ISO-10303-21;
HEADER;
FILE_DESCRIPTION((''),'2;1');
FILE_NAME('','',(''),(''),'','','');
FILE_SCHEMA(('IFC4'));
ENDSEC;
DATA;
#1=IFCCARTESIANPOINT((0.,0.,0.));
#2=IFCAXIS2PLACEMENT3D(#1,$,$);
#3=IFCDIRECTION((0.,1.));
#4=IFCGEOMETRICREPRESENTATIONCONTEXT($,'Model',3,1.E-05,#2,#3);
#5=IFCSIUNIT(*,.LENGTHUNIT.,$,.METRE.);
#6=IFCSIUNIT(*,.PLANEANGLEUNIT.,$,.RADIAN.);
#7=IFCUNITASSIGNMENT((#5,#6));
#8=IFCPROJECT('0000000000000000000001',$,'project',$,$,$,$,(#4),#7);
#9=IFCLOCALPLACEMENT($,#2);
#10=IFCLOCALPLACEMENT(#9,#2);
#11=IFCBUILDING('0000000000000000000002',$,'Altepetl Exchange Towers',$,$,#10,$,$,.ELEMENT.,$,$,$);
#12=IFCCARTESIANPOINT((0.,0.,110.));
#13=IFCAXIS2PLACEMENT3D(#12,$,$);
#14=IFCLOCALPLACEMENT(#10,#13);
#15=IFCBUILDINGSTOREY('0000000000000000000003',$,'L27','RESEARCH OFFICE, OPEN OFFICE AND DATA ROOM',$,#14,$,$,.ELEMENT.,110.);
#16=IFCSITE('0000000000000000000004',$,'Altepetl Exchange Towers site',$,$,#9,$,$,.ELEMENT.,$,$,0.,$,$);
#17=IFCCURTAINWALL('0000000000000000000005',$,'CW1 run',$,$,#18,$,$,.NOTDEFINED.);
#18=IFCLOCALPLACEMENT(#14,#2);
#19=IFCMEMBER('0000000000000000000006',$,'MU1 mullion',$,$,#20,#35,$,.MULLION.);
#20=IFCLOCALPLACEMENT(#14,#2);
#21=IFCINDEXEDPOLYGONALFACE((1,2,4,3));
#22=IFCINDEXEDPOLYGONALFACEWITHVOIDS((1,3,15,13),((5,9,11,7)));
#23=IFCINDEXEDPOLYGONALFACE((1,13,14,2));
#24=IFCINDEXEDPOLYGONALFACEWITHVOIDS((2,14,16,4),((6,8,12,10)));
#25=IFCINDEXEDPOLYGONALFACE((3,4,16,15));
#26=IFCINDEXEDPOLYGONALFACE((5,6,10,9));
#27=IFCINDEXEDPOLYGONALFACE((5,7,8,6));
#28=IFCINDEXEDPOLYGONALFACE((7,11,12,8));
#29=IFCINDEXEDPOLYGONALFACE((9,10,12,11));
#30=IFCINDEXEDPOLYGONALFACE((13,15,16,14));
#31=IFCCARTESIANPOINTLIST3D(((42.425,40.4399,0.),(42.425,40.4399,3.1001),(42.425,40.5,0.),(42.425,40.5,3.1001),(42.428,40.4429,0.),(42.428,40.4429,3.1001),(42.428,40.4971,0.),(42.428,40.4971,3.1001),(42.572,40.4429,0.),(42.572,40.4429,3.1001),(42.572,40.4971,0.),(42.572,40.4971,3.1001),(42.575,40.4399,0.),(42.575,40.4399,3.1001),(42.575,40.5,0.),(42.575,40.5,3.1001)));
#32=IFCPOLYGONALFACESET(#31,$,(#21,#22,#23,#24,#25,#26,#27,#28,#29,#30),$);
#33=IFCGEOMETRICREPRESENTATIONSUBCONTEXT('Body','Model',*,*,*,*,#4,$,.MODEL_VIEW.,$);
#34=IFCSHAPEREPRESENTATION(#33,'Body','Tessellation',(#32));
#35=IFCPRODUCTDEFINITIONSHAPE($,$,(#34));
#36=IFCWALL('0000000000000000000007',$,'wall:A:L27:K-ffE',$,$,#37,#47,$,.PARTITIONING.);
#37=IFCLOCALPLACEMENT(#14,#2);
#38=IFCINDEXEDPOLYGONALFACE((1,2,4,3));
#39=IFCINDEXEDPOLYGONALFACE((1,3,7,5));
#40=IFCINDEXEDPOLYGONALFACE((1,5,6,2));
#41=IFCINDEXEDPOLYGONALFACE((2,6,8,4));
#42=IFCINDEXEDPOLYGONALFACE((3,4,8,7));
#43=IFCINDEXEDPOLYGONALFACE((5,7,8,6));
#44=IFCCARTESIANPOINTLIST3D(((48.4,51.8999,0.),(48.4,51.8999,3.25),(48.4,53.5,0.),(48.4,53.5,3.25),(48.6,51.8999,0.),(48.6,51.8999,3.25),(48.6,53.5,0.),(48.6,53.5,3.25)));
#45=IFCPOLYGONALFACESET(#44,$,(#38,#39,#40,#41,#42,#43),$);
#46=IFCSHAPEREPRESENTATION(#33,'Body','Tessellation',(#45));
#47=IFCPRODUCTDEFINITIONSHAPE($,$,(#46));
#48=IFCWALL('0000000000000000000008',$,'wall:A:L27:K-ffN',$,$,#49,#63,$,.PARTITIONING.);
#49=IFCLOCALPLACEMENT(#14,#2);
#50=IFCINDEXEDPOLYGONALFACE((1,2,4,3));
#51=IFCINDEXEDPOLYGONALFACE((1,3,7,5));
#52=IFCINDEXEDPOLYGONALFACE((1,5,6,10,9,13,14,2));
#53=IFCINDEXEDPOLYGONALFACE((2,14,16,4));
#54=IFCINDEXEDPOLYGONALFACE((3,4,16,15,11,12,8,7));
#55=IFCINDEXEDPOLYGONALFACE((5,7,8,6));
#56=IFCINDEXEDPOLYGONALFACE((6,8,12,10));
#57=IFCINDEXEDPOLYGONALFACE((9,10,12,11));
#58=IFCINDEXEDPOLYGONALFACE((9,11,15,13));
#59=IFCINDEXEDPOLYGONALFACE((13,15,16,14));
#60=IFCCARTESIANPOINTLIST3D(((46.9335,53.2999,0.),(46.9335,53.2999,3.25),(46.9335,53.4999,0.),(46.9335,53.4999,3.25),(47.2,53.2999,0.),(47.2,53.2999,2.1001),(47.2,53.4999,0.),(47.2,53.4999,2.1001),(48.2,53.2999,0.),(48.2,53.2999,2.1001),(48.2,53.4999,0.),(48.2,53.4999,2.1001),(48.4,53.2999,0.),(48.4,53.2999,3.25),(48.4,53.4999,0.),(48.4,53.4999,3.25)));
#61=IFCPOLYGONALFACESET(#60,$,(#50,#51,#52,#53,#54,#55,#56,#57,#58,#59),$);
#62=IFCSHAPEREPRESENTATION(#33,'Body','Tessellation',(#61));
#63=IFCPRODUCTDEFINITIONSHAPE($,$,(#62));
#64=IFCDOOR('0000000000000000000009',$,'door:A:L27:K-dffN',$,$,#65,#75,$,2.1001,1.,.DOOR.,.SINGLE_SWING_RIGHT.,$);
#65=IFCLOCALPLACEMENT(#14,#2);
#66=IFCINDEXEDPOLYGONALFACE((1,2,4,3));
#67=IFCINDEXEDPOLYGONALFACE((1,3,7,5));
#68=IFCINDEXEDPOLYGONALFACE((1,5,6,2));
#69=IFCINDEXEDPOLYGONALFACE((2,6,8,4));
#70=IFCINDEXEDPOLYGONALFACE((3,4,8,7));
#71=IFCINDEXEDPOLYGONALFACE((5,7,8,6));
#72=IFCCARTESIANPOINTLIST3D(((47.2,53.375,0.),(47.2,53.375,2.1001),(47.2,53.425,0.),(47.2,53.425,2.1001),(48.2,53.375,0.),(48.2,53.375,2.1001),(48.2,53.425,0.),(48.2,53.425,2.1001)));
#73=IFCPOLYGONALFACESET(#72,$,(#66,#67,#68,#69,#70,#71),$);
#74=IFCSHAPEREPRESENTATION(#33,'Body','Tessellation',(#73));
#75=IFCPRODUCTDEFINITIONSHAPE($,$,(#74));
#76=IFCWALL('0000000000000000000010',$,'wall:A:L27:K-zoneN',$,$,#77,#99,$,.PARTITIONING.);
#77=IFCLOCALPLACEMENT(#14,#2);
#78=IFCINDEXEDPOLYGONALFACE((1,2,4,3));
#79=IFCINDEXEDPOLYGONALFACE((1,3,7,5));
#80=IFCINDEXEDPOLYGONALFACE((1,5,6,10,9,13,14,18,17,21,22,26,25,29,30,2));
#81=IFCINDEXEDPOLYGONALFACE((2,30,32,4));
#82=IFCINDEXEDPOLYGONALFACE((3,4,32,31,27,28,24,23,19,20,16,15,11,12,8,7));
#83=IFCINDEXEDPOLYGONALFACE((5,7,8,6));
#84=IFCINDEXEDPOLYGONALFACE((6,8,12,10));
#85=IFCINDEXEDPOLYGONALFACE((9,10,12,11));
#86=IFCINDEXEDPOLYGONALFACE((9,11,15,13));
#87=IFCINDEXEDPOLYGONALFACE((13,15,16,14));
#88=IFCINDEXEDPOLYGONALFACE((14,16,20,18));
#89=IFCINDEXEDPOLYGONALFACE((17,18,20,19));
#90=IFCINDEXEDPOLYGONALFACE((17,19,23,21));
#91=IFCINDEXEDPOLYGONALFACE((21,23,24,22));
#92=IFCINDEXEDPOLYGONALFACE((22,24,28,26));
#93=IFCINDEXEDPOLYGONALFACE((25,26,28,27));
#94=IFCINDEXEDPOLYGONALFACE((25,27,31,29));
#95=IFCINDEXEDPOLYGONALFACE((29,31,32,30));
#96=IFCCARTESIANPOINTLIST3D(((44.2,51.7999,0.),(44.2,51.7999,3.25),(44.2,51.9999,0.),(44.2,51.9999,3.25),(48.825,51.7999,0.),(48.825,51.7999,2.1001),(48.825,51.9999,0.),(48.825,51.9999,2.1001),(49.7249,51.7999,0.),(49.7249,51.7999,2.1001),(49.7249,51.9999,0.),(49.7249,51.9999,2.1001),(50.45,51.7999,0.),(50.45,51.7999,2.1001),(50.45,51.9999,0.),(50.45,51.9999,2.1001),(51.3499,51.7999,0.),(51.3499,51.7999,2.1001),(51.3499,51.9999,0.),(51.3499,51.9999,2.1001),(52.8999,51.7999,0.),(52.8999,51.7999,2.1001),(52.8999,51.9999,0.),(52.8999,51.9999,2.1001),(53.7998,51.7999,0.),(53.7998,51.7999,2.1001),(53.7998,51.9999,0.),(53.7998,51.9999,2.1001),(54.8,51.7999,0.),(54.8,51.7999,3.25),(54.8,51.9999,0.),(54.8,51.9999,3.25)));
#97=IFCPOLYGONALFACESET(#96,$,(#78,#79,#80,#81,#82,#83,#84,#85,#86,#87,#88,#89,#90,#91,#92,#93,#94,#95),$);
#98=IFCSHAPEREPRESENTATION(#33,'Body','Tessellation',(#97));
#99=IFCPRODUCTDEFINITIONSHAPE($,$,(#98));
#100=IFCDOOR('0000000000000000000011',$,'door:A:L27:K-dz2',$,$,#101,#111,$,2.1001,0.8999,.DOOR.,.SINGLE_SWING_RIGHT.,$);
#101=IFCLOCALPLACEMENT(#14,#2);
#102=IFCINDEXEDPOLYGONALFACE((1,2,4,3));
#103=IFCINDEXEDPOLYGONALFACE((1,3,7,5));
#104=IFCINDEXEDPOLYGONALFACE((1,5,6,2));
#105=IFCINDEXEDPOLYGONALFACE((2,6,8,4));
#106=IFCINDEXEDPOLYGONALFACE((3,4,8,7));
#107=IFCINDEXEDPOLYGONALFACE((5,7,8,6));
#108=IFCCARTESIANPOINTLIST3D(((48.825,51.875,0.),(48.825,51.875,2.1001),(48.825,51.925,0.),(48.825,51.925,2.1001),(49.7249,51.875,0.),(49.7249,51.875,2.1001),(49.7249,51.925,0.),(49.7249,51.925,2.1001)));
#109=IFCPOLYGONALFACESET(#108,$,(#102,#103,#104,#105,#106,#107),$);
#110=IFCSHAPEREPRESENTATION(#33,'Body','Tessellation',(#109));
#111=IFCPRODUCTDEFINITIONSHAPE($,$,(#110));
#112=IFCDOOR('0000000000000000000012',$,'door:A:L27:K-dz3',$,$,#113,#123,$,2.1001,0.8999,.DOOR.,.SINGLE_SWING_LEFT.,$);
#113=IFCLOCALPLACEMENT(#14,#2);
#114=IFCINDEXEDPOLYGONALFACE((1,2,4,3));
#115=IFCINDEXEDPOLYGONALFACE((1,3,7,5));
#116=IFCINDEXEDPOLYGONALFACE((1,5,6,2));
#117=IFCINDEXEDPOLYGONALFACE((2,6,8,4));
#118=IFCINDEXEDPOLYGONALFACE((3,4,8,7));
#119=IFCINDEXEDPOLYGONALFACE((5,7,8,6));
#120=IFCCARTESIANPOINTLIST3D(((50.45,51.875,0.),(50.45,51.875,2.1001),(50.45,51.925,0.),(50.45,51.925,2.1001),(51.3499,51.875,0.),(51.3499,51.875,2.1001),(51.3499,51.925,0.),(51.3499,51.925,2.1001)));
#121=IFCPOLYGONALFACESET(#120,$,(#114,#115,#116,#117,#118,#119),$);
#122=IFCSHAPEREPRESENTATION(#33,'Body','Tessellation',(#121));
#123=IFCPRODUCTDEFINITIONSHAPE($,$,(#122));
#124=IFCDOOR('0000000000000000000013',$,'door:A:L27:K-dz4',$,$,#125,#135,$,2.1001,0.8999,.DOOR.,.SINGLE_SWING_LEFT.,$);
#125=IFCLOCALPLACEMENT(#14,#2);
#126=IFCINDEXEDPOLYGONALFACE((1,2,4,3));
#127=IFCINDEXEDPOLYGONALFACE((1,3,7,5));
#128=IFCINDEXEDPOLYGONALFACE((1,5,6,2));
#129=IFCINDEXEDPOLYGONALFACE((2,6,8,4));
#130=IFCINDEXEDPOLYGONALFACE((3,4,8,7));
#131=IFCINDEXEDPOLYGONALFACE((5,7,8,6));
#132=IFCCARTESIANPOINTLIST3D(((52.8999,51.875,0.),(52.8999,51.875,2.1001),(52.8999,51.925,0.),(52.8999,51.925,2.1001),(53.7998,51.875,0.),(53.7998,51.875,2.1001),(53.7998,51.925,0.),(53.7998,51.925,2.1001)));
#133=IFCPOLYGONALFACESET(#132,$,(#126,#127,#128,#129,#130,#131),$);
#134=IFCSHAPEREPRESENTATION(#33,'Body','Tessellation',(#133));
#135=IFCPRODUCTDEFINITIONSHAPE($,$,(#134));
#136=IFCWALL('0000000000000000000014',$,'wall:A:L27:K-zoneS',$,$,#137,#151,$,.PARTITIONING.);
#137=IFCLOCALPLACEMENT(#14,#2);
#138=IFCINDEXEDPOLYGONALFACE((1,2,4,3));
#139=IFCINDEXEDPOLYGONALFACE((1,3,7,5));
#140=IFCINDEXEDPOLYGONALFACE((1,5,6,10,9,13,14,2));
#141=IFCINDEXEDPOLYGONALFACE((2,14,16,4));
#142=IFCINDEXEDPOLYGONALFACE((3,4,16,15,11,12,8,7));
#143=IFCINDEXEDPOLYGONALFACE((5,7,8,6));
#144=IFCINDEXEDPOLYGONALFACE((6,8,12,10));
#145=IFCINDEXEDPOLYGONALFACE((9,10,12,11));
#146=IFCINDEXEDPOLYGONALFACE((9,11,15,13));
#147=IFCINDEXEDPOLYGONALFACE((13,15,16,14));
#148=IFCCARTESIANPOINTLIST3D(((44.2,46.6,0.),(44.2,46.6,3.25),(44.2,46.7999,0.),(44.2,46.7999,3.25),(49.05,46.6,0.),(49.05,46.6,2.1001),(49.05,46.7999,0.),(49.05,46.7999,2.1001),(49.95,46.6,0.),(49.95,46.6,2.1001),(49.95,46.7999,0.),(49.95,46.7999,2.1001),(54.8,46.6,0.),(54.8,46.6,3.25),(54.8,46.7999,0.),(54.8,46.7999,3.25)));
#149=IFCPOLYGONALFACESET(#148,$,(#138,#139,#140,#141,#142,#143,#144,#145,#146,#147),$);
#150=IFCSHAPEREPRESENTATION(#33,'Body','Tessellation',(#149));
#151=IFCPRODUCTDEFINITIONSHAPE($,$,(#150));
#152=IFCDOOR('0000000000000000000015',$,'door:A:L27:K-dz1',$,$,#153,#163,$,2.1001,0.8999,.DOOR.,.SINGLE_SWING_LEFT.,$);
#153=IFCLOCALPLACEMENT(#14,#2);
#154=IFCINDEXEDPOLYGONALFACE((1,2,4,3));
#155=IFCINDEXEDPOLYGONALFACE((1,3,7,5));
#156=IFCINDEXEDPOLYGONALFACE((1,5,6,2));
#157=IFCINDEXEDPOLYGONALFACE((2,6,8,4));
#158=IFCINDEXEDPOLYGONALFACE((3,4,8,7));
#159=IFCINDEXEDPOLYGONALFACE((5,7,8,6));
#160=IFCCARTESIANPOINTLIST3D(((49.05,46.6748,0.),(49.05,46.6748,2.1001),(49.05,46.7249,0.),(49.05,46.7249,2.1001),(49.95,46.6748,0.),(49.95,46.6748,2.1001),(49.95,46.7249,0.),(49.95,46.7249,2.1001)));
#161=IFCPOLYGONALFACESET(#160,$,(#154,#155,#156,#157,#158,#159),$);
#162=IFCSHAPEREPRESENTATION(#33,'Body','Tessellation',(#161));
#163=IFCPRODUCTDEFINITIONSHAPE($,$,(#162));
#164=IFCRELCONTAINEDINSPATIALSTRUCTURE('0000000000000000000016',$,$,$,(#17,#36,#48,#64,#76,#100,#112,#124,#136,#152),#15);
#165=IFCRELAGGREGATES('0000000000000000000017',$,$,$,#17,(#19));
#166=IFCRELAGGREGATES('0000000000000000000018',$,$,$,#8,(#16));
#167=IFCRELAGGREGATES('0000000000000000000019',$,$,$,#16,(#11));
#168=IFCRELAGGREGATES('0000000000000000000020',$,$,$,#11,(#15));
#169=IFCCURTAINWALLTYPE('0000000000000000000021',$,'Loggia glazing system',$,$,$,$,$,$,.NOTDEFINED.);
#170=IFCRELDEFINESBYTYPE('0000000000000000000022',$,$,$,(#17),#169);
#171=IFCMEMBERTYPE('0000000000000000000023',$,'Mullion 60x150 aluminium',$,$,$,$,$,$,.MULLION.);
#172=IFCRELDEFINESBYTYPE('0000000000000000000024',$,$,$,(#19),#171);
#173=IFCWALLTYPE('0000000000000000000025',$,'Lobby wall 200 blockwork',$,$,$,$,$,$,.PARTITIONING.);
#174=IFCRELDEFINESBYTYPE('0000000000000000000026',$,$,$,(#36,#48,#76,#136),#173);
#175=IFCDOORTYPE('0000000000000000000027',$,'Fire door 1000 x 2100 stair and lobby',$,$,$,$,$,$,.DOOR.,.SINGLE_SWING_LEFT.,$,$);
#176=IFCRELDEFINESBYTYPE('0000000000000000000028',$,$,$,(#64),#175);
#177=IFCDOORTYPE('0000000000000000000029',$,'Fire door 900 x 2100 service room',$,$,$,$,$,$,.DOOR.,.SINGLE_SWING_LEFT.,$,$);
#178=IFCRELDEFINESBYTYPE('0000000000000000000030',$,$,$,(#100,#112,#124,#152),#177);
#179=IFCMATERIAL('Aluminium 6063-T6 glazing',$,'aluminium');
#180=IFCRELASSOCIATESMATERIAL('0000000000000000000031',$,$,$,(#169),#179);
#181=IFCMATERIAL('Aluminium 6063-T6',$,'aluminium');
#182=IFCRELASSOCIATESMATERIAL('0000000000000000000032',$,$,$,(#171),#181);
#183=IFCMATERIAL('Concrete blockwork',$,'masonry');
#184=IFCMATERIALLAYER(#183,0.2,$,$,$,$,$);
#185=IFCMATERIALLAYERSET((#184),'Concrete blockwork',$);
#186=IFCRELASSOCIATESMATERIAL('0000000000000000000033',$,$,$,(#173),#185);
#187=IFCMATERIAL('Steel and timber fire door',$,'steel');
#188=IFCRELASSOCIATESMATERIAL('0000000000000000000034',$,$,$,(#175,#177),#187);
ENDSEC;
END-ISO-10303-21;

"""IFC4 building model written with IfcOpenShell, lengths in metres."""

from ifc_helpers import new_model, si_unit, direction, frame, frame_2d, origin, origin_2d, place, context, subcontext, project, spatial, rectangle, hollow_rectangle, extrude, material, layer, layer_set, material_profile, profile_set, type_object, element, fill, aggregate, save


model = new_model("IFC4")

# Units and contexts
model_context = context("Model", 3, precision=1e-05, world=origin(), true_north=direction((0.0, 1.0)))
body_context = subcontext(model_context, "Body", "Model", "MODEL_VIEW")
ifc_project = project(units=[si_unit("LENGTHUNIT", "METRE"), si_unit("PLANEANGLEUNIT", "RADIAN")], contexts=[model_context])

# Site, building, storey
site_placement = place(None, origin())
site = spatial("IfcSite", under=ifc_project, at=site_placement, Name="Altepetl Exchange Towers site", CompositionType="ELEMENT", RefElevation=0.0)
building_placement = place(site_placement, origin())
building = spatial("IfcBuilding", under=site, at=building_placement, Name="Altepetl Exchange Towers", CompositionType="ELEMENT")
storey_placement = place(building_placement, frame((0.0, 0.0, 110.0)))
storey = spatial("IfcBuildingStorey", under=building, at=storey_placement, Name="L27", Description="RESEARCH OFFICE, OPEN OFFICE AND DATA ROOM", CompositionType="ELEMENT", Elevation=110.0)

# Curtain wall, member
ifc_material_1 = material(Name="Aluminium 6063-T6 glazing", Category="aluminium")
curtain_wall_type = type_object("IfcCurtainWallType", Name="Loggia glazing system", PredefinedType="NOTDEFINED", material=ifc_material_1)
curtain_wall_placement = place(storey_placement, origin())
curtain_wall = element("IfcCurtainWall", 1, at=curtain_wall_placement, inside=storey, type_object=curtain_wall_type, Name="CW1 run", PredefinedType="NOTDEFINED")
ifc_material_2 = material(Name="Aluminium 6063-T6", Category="aluminium")
ifc_material_profile = material_profile(ifc_material_2, hollow_rectangle(XDim=0.0601, YDim=0.1499, WallThickness=0.0029, at=origin_2d()), Name="Mullion 60x150 aluminium")
ifc_profile_set = profile_set([ifc_material_profile], Name="Aluminium 6063-T6")
member_type = type_object("IfcMemberType", Name="Mullion 60x150 aluminium", PredefinedType="MULLION", material=ifc_profile_set)
member_placement = place(storey_placement, frame((42.5, 40.47, 0.0), z_axis=(0.0, 0.0, 1.0), x_axis=(0.0, -1.0, 0.0)))
member = element("IfcMember", 2, at=member_placement, type_object=member_type, Name="MU1 mullion", PredefinedType="MULLION", context=body_context, shape_type="SweptSolid", body=[
    extrude(hollow_rectangle(XDim=0.0601, YDim=0.1499, WallThickness=0.0029, at=origin_2d()), origin(), (0.0, 0.0, 1.0), 3.1001),
])
aggregate(curtain_wall, [member])

# Wall
ifc_material_3 = material(Name="Concrete blockwork", Category="masonry")
ifc_layer_1 = layer(ifc_material_3, 0.2)
ifc_layer_set_1 = layer_set([ifc_layer_1], Name="Concrete blockwork")
wall_type_1 = type_object("IfcWallType", Name="Lobby wall 200 blockwork", PredefinedType="PARTITIONING", material=ifc_layer_set_1)
wall_1_placement = place(storey_placement, frame((48.5, 51.8999, 0.0), z_axis=(0.0, 0.0, 1.0), x_axis=(0.0, 1.0, 0.0)))
element("IfcWall", 3, at=wall_1_placement, inside=storey, type_object=wall_type_1, Name="wall:A:L27:K-ffE", PredefinedType="PARTITIONING", context=body_context, shape_type="SweptSolid", body=[
    extrude(rectangle(XDim=1.6001, YDim=0.2, at=frame_2d((0.8, 0.0))), origin(), (0.0, 0.0, 1.0), 3.25),
])

# Wall, opening, door
wall_2_placement = place(storey_placement, frame((46.9333, 53.3999, 0.0)))
wall_2 = element("IfcWall", 4, at=wall_2_placement, inside=storey, type_object=wall_type_1, Name="wall:A:L27:K-ffN", PredefinedType="PARTITIONING", context=body_context, shape_type="SweptSolid", body=[
    extrude(rectangle(XDim=1.4666, YDim=0.2, at=frame_2d((0.7334, 0.0))), origin(), (0.0, 0.0, 1.0), 3.25),
])
opening_1_placement = place(wall_2_placement, frame((0.2666, 0.0, 0.0)))
opening_1 = element("IfcOpeningElement", 5, at=opening_1_placement, cuts=wall_2, PredefinedType="OPENING", context=body_context, shape_type="SweptSolid", body=[
    extrude(rectangle(XDim=1.0, YDim=2.1001, at=frame_2d((0.5, 1.05))), frame((0.0, 0.1099, 0.0), z_axis=(0.0, -1.0, 0.0), x_axis=(1.0, 0.0, 0.0)), (0.0, 0.0, 1.0), 0.22),
])
ifc_material_4 = material(Name="Steel and timber fire door", Category="steel")
door_type_1 = type_object("IfcDoorType", Name="Fire door 1000 x 2100 stair and lobby", OperationType="SINGLE_SWING_LEFT", PredefinedType="DOOR", material=ifc_material_4)
door_1_placement = place(opening_1_placement, frame((1.0, 0.0, 0.0), x_axis=(-1.0, 0.0, 0.0)))
door_1 = element("IfcDoor", 6, at=door_1_placement, inside=storey, type_object=door_type_1, Name="door:A:L27:K-dffN", OperationType="SINGLE_SWING_RIGHT", OverallHeight=2.1001, OverallWidth=1.0, PredefinedType="DOOR", context=body_context, shape_type="SweptSolid", body=[
    extrude(rectangle(XDim=1.0, YDim=2.1001, at=frame_2d((0.5, 1.05))), frame((0.0, 0.0249, 0.0), z_axis=(0.0, -1.0, 0.0), x_axis=(1.0, 0.0, 0.0)), (0.0, 0.0, 1.0), 0.05),
])
fill(opening_1, door_1)

# Wall, openings, doors
wall_3_placement = place(storey_placement, frame((44.2, 51.8999, 0.0)))
wall_3 = element("IfcWall", 7, at=wall_3_placement, inside=storey, type_object=wall_type_1, Name="wall:A:L27:K-zoneN", PredefinedType="PARTITIONING", context=body_context, shape_type="SweptSolid", body=[
    extrude(rectangle(XDim=10.6001, YDim=0.2, at=frame_2d((5.3, 0.0))), origin(), (0.0, 0.0, 1.0), 3.25),
])
opening_2_placement = place(wall_3_placement, frame((4.625, 0.0, 0.0)))
opening_2 = element("IfcOpeningElement", 8, at=opening_2_placement, cuts=wall_3, PredefinedType="OPENING", context=body_context, shape_type="SweptSolid", body=[
    extrude(rectangle(XDim=0.8999, YDim=2.1001, at=frame_2d((0.45, 1.05))), frame((0.0, 0.1099, 0.0), z_axis=(0.0, -1.0, 0.0), x_axis=(1.0, 0.0, 0.0)), (0.0, 0.0, 1.0), 0.22),
])
opening_3_placement = place(wall_3_placement, frame((6.25, 0.0, 0.0)))
opening_3 = element("IfcOpeningElement", 9, at=opening_3_placement, cuts=wall_3, PredefinedType="OPENING", context=body_context, shape_type="SweptSolid", body=[
    extrude(rectangle(XDim=0.8999, YDim=2.1001, at=frame_2d((0.45, 1.05))), frame((0.0, 0.1099, 0.0), z_axis=(0.0, -1.0, 0.0), x_axis=(1.0, 0.0, 0.0)), (0.0, 0.0, 1.0), 0.22),
])
opening_4_placement = place(wall_3_placement, frame((8.7, 0.0, 0.0)))
opening_4 = element("IfcOpeningElement", 10, at=opening_4_placement, cuts=wall_3, PredefinedType="OPENING", context=body_context, shape_type="SweptSolid", body=[
    extrude(rectangle(XDim=0.8999, YDim=2.1001, at=frame_2d((0.45, 1.05))), frame((0.0, 0.1099, 0.0), z_axis=(0.0, -1.0, 0.0), x_axis=(1.0, 0.0, 0.0)), (0.0, 0.0, 1.0), 0.22),
])
door_type_2 = type_object("IfcDoorType", Name="Fire door 900 x 2100 service room", OperationType="SINGLE_SWING_LEFT", PredefinedType="DOOR", material=ifc_material_4)
door_2_placement = place(opening_2_placement, frame((0.8999, 0.0, 0.0), x_axis=(-1.0, 0.0, 0.0)))
door_2 = element("IfcDoor", 11, at=door_2_placement, inside=storey, type_object=door_type_2, Name="door:A:L27:K-dz2", OperationType="SINGLE_SWING_RIGHT", OverallHeight=2.1001, OverallWidth=0.8999, PredefinedType="DOOR", context=body_context, shape_type="SweptSolid", body=[
    extrude(rectangle(XDim=0.8999, YDim=2.1001, at=frame_2d((0.45, 1.05))), frame((0.0, 0.0249, 0.0), z_axis=(0.0, -1.0, 0.0), x_axis=(1.0, 0.0, 0.0)), (0.0, 0.0, 1.0), 0.05),
])
fill(opening_2, door_2)
door_3_placement = place(opening_3_placement, frame((0.8999, 0.0, 0.0), x_axis=(-1.0, 0.0, 0.0)))
door_3 = element("IfcDoor", 12, at=door_3_placement, inside=storey, type_object=door_type_2, Name="door:A:L27:K-dz3", OperationType="SINGLE_SWING_LEFT", OverallHeight=2.1001, OverallWidth=0.8999, PredefinedType="DOOR", context=body_context, shape_type="SweptSolid", body=[
    extrude(rectangle(XDim=0.8999, YDim=2.1001, at=frame_2d((0.45, 1.05))), frame((0.0, 0.0249, 0.0), z_axis=(0.0, -1.0, 0.0), x_axis=(1.0, 0.0, 0.0)), (0.0, 0.0, 1.0), 0.05),
])
fill(opening_3, door_3)
door_4_placement = place(opening_4_placement, frame((0.8999, 0.0, 0.0), x_axis=(-1.0, 0.0, 0.0)))
door_4 = element("IfcDoor", 13, at=door_4_placement, inside=storey, type_object=door_type_2, Name="door:A:L27:K-dz4", OperationType="SINGLE_SWING_LEFT", OverallHeight=2.1001, OverallWidth=0.8999, PredefinedType="DOOR", context=body_context, shape_type="SweptSolid", body=[
    extrude(rectangle(XDim=0.8999, YDim=2.1001, at=frame_2d((0.45, 1.05))), frame((0.0, 0.0249, 0.0), z_axis=(0.0, -1.0, 0.0), x_axis=(1.0, 0.0, 0.0)), (0.0, 0.0, 1.0), 0.05),
])
fill(opening_4, door_4)

# Wall, opening, door
wall_4_placement = place(storey_placement, frame((44.2, 46.7, 0.0)))
wall_4 = element("IfcWall", 14, at=wall_4_placement, inside=storey, type_object=wall_type_1, Name="wall:A:L27:K-zoneS", PredefinedType="PARTITIONING", context=body_context, shape_type="SweptSolid", body=[
    extrude(rectangle(XDim=10.6001, YDim=0.2, at=frame_2d((5.3, 0.0))), origin(), (0.0, 0.0, 1.0), 3.25),
])
opening_5_placement = place(wall_4_placement, frame((4.8501, 0.0, 0.0)))
opening_5 = element("IfcOpeningElement", 15, at=opening_5_placement, cuts=wall_4, PredefinedType="OPENING", context=body_context, shape_type="SweptSolid", body=[
    extrude(rectangle(XDim=0.8999, YDim=2.1001, at=frame_2d((0.45, 1.05))), frame((0.0, 0.1099, 0.0), z_axis=(0.0, -1.0, 0.0), x_axis=(1.0, 0.0, 0.0)), (0.0, 0.0, 1.0), 0.22),
])
door_5_placement = place(opening_5_placement, origin())
door_5 = element("IfcDoor", 16, at=door_5_placement, inside=storey, type_object=door_type_2, Name="door:A:L27:K-dz1", OperationType="SINGLE_SWING_LEFT", OverallHeight=2.1001, OverallWidth=0.8999, PredefinedType="DOOR", context=body_context, shape_type="SweptSolid", body=[
    extrude(rectangle(XDim=0.8999, YDim=2.1001, at=frame_2d((0.45, 1.05))), frame((0.0, 0.0249, 0.0), z_axis=(0.0, -1.0, 0.0), x_axis=(1.0, 0.0, 0.0)), (0.0, 0.0, 1.0), 0.05),
])
fill(opening_5, door_5)

save(model, "model.ifc")
